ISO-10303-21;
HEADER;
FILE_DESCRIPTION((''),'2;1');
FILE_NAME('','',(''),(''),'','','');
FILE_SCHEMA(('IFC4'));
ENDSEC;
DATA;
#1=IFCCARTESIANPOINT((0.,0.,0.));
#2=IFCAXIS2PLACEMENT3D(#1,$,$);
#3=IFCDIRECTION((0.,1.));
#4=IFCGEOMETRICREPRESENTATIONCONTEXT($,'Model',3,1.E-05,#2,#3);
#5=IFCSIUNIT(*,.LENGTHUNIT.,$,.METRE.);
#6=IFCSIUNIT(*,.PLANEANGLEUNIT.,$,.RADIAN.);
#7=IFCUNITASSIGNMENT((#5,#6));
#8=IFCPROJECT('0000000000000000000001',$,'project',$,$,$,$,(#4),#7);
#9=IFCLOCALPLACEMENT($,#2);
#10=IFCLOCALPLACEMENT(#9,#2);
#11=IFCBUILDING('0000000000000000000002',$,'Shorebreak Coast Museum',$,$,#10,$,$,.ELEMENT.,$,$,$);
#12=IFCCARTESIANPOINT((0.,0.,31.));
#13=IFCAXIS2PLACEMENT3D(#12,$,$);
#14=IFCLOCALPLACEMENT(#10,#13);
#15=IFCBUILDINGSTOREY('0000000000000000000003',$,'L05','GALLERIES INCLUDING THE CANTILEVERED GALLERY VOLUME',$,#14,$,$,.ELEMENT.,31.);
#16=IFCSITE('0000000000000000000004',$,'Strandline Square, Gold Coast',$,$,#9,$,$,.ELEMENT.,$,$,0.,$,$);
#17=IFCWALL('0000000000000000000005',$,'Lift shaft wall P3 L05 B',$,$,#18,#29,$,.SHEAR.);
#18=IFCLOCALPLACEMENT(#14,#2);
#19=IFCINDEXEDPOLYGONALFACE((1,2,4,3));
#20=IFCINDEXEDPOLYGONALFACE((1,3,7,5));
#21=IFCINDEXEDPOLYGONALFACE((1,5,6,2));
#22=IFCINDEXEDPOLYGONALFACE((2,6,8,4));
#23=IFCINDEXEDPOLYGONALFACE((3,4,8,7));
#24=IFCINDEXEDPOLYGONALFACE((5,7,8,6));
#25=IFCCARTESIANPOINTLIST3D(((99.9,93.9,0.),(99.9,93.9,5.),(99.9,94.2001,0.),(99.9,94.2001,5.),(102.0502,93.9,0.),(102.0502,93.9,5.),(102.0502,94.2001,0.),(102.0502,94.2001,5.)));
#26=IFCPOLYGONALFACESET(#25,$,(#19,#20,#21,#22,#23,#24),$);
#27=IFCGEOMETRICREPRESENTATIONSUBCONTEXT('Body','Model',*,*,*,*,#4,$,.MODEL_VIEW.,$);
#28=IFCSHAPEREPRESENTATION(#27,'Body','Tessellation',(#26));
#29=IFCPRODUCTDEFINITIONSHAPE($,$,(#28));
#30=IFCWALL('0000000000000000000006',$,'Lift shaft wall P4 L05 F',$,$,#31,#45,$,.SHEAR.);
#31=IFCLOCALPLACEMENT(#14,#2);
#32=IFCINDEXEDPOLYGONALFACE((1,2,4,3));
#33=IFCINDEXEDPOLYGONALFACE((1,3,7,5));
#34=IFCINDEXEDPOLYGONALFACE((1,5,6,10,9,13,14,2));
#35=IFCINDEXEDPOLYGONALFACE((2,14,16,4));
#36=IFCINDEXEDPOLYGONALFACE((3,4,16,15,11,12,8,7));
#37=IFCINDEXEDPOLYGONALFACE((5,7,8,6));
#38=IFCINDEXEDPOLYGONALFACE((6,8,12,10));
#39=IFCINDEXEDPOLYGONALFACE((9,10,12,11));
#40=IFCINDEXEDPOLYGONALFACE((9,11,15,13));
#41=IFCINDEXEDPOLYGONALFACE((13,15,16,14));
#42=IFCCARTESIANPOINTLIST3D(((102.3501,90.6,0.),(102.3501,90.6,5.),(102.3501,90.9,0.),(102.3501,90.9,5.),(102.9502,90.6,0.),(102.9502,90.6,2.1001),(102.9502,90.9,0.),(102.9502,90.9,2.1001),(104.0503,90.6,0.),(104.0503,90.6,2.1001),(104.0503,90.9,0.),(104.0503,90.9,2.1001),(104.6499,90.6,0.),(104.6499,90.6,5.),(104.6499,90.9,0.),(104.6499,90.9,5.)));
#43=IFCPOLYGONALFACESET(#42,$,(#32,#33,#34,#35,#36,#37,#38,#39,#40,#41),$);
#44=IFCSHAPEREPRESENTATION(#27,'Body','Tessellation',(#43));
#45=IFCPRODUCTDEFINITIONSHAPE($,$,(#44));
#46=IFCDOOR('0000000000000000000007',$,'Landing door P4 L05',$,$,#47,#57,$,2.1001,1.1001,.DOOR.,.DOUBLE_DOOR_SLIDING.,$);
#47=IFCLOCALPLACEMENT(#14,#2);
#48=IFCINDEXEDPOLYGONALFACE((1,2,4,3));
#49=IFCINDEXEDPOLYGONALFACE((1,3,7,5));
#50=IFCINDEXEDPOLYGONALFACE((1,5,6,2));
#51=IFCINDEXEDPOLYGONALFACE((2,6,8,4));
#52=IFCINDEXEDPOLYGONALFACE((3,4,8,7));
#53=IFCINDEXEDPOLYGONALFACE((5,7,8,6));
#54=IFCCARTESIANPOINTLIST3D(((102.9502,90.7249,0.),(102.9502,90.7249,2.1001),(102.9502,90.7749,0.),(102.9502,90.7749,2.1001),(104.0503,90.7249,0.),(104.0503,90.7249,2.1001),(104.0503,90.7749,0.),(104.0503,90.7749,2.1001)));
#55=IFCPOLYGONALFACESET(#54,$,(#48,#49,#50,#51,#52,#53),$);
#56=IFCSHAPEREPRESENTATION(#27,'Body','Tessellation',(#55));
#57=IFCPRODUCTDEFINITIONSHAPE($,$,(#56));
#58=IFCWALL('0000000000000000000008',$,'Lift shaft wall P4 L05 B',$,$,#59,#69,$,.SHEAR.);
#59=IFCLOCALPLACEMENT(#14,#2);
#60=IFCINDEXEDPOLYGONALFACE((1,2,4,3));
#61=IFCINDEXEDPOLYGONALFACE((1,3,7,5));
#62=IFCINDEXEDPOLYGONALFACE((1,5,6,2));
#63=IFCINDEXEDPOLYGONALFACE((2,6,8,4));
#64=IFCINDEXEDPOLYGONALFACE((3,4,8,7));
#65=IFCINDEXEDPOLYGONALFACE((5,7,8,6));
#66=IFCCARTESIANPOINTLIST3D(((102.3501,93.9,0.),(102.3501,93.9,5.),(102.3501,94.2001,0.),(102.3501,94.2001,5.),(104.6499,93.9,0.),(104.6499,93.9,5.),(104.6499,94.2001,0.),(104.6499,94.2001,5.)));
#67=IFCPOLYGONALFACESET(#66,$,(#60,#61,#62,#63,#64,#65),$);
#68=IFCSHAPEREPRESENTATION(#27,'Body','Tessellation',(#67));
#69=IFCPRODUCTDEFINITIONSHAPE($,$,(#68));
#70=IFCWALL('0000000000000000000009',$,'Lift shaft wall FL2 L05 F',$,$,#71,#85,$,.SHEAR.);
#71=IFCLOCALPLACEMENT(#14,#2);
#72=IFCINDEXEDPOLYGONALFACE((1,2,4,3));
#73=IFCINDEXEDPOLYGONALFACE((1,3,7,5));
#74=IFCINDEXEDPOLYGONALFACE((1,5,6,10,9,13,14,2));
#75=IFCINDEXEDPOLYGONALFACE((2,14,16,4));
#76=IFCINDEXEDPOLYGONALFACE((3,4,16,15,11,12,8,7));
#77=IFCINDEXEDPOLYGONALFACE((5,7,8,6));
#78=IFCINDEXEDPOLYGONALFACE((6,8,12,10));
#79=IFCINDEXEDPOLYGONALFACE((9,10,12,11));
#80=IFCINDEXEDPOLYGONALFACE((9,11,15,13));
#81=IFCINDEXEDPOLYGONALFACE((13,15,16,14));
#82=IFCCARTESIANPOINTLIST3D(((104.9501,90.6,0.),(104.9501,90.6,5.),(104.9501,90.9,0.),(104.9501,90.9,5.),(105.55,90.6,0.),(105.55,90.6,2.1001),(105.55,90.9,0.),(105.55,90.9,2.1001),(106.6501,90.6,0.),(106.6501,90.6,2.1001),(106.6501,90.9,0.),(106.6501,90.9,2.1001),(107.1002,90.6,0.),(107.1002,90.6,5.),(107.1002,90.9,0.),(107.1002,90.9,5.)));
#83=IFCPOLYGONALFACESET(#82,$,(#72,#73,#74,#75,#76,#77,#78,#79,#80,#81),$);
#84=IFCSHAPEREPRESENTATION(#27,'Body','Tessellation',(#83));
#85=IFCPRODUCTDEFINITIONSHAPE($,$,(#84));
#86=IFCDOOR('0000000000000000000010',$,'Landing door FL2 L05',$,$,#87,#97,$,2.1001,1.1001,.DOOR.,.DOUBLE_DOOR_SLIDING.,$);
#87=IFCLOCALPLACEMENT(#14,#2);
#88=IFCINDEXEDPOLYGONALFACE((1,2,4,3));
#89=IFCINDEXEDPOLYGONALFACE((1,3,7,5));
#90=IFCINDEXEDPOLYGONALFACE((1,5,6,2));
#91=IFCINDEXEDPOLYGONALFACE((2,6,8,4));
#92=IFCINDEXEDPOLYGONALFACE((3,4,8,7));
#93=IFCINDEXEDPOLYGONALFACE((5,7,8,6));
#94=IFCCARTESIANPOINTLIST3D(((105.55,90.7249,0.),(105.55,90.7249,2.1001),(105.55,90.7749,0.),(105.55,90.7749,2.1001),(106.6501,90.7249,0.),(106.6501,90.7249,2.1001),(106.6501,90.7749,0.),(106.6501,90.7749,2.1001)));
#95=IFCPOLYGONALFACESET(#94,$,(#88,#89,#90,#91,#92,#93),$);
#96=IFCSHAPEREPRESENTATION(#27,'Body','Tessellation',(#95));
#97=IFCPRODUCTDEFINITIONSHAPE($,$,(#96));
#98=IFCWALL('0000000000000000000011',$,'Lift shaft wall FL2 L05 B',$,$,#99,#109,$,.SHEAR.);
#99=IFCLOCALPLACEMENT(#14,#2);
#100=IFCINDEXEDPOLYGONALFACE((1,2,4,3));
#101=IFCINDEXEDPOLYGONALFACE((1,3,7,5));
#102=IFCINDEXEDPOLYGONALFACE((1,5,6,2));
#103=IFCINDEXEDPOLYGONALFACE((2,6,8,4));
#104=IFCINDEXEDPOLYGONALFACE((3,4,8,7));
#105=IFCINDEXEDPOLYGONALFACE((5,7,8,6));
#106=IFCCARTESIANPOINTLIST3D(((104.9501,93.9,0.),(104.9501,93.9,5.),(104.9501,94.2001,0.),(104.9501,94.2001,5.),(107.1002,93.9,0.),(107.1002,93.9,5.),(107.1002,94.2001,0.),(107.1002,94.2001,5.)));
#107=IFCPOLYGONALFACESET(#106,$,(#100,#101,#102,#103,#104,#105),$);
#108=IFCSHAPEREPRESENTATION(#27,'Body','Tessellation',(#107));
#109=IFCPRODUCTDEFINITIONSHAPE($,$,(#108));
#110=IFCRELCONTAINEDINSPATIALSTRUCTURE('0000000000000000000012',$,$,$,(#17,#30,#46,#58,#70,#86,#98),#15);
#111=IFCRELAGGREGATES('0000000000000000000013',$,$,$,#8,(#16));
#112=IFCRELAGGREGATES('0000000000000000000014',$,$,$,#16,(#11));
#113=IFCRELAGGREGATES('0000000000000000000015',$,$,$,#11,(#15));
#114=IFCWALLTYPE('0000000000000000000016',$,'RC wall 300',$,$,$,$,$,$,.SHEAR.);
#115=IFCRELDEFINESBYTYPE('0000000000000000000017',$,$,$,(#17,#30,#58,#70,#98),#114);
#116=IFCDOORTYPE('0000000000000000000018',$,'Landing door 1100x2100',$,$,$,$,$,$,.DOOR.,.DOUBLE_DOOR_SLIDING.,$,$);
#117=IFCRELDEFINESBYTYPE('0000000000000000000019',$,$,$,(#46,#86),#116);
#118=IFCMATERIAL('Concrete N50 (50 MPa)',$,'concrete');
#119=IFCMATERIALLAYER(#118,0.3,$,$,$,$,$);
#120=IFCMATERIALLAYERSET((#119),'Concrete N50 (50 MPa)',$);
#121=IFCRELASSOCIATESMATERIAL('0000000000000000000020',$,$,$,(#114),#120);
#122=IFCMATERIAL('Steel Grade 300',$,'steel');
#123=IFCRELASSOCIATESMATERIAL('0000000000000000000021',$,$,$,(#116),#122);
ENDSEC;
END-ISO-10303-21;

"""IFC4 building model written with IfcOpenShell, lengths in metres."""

from ifc_helpers import new_model, si_unit, direction, frame, frame_2d, origin, place, context, subcontext, project, spatial, rectangle, extrude, material, layer, layer_set, type_object, element, fill, save


model = new_model("IFC4")

# Units and contexts
model_context = context("Model", 3, precision=1e-05, world=origin(), true_north=direction((0.0, 1.0)))
body_context = subcontext(model_context, "Body", "Model", "MODEL_VIEW")
ifc_project = project(units=[si_unit("LENGTHUNIT", "METRE"), si_unit("PLANEANGLEUNIT", "RADIAN")], contexts=[model_context])

# Site, building, storey
site_placement = place(None, origin())
site = spatial("IfcSite", under=ifc_project, at=site_placement, Name="Strandline Square, Gold Coast", CompositionType="ELEMENT", RefElevation=0.0)
building_placement = place(site_placement, origin())
building = spatial("IfcBuilding", under=site, at=building_placement, Name="Shorebreak Coast Museum", CompositionType="ELEMENT")
storey_placement = place(building_placement, frame((0.0, 0.0, 31.0)))
storey = spatial("IfcBuildingStorey", under=building, at=storey_placement, Name="L05", Description="GALLERIES INCLUDING THE CANTILEVERED GALLERY VOLUME", CompositionType="ELEMENT", Elevation=31.0)

# Shared definitions
ifc_material_1 = material(Name="Concrete N50 (50 MPa)", Category="concrete")
ifc_layer_1 = layer(ifc_material_1, 0.3)
ifc_layer_set_1 = layer_set([ifc_layer_1], Name="Concrete N50 (50 MPa)")
wall_type_1 = type_object("IfcWallType", Name="RC wall 300", PredefinedType="SHEAR", material=ifc_layer_set_1)

# Shared definitions
ifc_material_2 = material(Name="Steel Grade 300", Category="steel")
door_type_1 = type_object("IfcDoorType", Name="Landing door 1100x2100", OperationType="DOUBLE_DOOR_SLIDING", PredefinedType="DOOR", material=ifc_material_2)

# Wall
wall_1_placement = place(storey_placement, frame((99.8999, 94.05, 0.0), z_axis=(0.0, 0.0, 1.0), x_axis=(1.0, 0.0, 0.0)))
element("IfcWall", 1, at=wall_1_placement, inside=storey, type_object=wall_type_1, Name="Lift shaft wall P3 L05 B", PredefinedType="SHEAR", context=body_context, shape_type="SweptSolid", body=[
    extrude(rectangle(XDim=2.1501, YDim=0.3, at=frame_2d((1.0752, 0.0))), origin(), (0.0, 0.0, 1.0), 5.0),
])

# Wall, opening, door
wall_2_placement = place(storey_placement, frame((102.3501, 90.75, 0.0), z_axis=(0.0, 0.0, 1.0), x_axis=(1.0, 0.0, 0.0)))
wall_2 = element("IfcWall", 2, at=wall_2_placement, inside=storey, type_object=wall_type_1, Name="Lift shaft wall P4 L05 F", PredefinedType="SHEAR", context=body_context, shape_type="SweptSolid", body=[
    extrude(rectangle(XDim=2.2998, YDim=0.3, at=frame_2d((1.1499, 0.0))), origin(), (0.0, 0.0, 1.0), 5.0),
])
opening_1_placement = place(wall_2_placement, frame((0.6001, 0.0, 0.0)))
opening_1 = element("IfcOpeningElement", 3, at=opening_1_placement, cuts=wall_2, PredefinedType="OPENING", context=body_context, shape_type="SweptSolid", body=[
    extrude(rectangle(XDim=1.1001, YDim=2.1001, at=frame_2d((0.55, 1.05))), frame((0.0, 0.1599, 0.0), z_axis=(0.0, -1.0, 0.0), x_axis=(1.0, 0.0, 0.0)), (0.0, 0.0, 1.0), 0.3201),
])
door_1_placement = place(opening_1_placement, origin())
door_1 = element("IfcDoor", 4, at=door_1_placement, inside=storey, type_object=door_type_1, Name="Landing door P4 L05", OperationType="DOUBLE_DOOR_SLIDING", OverallHeight=2.1001, OverallWidth=1.1001, PredefinedType="DOOR", context=body_context, shape_type="SweptSolid", body=[
    extrude(rectangle(XDim=1.1001, YDim=2.1001, at=frame_2d((0.55, 1.05))), frame((0.0, 0.0249, 0.0), z_axis=(0.0, -1.0, 0.0), x_axis=(1.0, 0.0, 0.0)), (0.0, 0.0, 1.0), 0.05),
])
fill(opening_1, door_1)

# Wall
wall_3_placement = place(storey_placement, frame((102.3501, 94.05, 0.0), z_axis=(0.0, 0.0, 1.0), x_axis=(1.0, 0.0, 0.0)))
element("IfcWall", 5, at=wall_3_placement, inside=storey, type_object=wall_type_1, Name="Lift shaft wall P4 L05 B", PredefinedType="SHEAR", context=body_context, shape_type="SweptSolid", body=[
    extrude(rectangle(XDim=2.2998, YDim=0.3, at=frame_2d((1.1499, 0.0))), origin(), (0.0, 0.0, 1.0), 5.0),
])

# Wall, opening, door
wall_4_placement = place(storey_placement, frame((104.95, 90.75, 0.0), z_axis=(0.0, 0.0, 1.0), x_axis=(1.0, 0.0, 0.0)))
wall_4 = element("IfcWall", 6, at=wall_4_placement, inside=storey, type_object=wall_type_1, Name="Lift shaft wall FL2 L05 F", PredefinedType="SHEAR", context=body_context, shape_type="SweptSolid", body=[
    extrude(rectangle(XDim=2.1501, YDim=0.3, at=frame_2d((1.0752, 0.0))), origin(), (0.0, 0.0, 1.0), 5.0),
])
opening_2_placement = place(wall_4_placement, frame((0.6001, 0.0, 0.0)))
opening_2 = element("IfcOpeningElement", 7, at=opening_2_placement, cuts=wall_4, PredefinedType="OPENING", context=body_context, shape_type="SweptSolid", body=[
    extrude(rectangle(XDim=1.1001, YDim=2.1001, at=frame_2d((0.55, 1.05))), frame((0.0, 0.1599, 0.0), z_axis=(0.0, -1.0, 0.0), x_axis=(1.0, 0.0, 0.0)), (0.0, 0.0, 1.0), 0.3201),
])
door_2_placement = place(opening_2_placement, origin())
door_2 = element("IfcDoor", 8, at=door_2_placement, inside=storey, type_object=door_type_1, Name="Landing door FL2 L05", OperationType="DOUBLE_DOOR_SLIDING", OverallHeight=2.1001, OverallWidth=1.1001, PredefinedType="DOOR", context=body_context, shape_type="SweptSolid", body=[
    extrude(rectangle(XDim=1.1001, YDim=2.1001, at=frame_2d((0.55, 1.05))), frame((0.0, 0.0249, 0.0), z_axis=(0.0, -1.0, 0.0), x_axis=(1.0, 0.0, 0.0)), (0.0, 0.0, 1.0), 0.05),
])
fill(opening_2, door_2)

# Wall
wall_5_placement = place(storey_placement, frame((104.95, 94.05, 0.0), z_axis=(0.0, 0.0, 1.0), x_axis=(1.0, 0.0, 0.0)))
element("IfcWall", 9, at=wall_5_placement, inside=storey, type_object=wall_type_1, Name="Lift shaft wall FL2 L05 B", PredefinedType="SHEAR", context=body_context, shape_type="SweptSolid", body=[
    extrude(rectangle(XDim=2.1501, YDim=0.3, at=frame_2d((1.0752, 0.0))), origin(), (0.0, 0.0, 1.0), 5.0),
])

save(model, "model.ifc")
